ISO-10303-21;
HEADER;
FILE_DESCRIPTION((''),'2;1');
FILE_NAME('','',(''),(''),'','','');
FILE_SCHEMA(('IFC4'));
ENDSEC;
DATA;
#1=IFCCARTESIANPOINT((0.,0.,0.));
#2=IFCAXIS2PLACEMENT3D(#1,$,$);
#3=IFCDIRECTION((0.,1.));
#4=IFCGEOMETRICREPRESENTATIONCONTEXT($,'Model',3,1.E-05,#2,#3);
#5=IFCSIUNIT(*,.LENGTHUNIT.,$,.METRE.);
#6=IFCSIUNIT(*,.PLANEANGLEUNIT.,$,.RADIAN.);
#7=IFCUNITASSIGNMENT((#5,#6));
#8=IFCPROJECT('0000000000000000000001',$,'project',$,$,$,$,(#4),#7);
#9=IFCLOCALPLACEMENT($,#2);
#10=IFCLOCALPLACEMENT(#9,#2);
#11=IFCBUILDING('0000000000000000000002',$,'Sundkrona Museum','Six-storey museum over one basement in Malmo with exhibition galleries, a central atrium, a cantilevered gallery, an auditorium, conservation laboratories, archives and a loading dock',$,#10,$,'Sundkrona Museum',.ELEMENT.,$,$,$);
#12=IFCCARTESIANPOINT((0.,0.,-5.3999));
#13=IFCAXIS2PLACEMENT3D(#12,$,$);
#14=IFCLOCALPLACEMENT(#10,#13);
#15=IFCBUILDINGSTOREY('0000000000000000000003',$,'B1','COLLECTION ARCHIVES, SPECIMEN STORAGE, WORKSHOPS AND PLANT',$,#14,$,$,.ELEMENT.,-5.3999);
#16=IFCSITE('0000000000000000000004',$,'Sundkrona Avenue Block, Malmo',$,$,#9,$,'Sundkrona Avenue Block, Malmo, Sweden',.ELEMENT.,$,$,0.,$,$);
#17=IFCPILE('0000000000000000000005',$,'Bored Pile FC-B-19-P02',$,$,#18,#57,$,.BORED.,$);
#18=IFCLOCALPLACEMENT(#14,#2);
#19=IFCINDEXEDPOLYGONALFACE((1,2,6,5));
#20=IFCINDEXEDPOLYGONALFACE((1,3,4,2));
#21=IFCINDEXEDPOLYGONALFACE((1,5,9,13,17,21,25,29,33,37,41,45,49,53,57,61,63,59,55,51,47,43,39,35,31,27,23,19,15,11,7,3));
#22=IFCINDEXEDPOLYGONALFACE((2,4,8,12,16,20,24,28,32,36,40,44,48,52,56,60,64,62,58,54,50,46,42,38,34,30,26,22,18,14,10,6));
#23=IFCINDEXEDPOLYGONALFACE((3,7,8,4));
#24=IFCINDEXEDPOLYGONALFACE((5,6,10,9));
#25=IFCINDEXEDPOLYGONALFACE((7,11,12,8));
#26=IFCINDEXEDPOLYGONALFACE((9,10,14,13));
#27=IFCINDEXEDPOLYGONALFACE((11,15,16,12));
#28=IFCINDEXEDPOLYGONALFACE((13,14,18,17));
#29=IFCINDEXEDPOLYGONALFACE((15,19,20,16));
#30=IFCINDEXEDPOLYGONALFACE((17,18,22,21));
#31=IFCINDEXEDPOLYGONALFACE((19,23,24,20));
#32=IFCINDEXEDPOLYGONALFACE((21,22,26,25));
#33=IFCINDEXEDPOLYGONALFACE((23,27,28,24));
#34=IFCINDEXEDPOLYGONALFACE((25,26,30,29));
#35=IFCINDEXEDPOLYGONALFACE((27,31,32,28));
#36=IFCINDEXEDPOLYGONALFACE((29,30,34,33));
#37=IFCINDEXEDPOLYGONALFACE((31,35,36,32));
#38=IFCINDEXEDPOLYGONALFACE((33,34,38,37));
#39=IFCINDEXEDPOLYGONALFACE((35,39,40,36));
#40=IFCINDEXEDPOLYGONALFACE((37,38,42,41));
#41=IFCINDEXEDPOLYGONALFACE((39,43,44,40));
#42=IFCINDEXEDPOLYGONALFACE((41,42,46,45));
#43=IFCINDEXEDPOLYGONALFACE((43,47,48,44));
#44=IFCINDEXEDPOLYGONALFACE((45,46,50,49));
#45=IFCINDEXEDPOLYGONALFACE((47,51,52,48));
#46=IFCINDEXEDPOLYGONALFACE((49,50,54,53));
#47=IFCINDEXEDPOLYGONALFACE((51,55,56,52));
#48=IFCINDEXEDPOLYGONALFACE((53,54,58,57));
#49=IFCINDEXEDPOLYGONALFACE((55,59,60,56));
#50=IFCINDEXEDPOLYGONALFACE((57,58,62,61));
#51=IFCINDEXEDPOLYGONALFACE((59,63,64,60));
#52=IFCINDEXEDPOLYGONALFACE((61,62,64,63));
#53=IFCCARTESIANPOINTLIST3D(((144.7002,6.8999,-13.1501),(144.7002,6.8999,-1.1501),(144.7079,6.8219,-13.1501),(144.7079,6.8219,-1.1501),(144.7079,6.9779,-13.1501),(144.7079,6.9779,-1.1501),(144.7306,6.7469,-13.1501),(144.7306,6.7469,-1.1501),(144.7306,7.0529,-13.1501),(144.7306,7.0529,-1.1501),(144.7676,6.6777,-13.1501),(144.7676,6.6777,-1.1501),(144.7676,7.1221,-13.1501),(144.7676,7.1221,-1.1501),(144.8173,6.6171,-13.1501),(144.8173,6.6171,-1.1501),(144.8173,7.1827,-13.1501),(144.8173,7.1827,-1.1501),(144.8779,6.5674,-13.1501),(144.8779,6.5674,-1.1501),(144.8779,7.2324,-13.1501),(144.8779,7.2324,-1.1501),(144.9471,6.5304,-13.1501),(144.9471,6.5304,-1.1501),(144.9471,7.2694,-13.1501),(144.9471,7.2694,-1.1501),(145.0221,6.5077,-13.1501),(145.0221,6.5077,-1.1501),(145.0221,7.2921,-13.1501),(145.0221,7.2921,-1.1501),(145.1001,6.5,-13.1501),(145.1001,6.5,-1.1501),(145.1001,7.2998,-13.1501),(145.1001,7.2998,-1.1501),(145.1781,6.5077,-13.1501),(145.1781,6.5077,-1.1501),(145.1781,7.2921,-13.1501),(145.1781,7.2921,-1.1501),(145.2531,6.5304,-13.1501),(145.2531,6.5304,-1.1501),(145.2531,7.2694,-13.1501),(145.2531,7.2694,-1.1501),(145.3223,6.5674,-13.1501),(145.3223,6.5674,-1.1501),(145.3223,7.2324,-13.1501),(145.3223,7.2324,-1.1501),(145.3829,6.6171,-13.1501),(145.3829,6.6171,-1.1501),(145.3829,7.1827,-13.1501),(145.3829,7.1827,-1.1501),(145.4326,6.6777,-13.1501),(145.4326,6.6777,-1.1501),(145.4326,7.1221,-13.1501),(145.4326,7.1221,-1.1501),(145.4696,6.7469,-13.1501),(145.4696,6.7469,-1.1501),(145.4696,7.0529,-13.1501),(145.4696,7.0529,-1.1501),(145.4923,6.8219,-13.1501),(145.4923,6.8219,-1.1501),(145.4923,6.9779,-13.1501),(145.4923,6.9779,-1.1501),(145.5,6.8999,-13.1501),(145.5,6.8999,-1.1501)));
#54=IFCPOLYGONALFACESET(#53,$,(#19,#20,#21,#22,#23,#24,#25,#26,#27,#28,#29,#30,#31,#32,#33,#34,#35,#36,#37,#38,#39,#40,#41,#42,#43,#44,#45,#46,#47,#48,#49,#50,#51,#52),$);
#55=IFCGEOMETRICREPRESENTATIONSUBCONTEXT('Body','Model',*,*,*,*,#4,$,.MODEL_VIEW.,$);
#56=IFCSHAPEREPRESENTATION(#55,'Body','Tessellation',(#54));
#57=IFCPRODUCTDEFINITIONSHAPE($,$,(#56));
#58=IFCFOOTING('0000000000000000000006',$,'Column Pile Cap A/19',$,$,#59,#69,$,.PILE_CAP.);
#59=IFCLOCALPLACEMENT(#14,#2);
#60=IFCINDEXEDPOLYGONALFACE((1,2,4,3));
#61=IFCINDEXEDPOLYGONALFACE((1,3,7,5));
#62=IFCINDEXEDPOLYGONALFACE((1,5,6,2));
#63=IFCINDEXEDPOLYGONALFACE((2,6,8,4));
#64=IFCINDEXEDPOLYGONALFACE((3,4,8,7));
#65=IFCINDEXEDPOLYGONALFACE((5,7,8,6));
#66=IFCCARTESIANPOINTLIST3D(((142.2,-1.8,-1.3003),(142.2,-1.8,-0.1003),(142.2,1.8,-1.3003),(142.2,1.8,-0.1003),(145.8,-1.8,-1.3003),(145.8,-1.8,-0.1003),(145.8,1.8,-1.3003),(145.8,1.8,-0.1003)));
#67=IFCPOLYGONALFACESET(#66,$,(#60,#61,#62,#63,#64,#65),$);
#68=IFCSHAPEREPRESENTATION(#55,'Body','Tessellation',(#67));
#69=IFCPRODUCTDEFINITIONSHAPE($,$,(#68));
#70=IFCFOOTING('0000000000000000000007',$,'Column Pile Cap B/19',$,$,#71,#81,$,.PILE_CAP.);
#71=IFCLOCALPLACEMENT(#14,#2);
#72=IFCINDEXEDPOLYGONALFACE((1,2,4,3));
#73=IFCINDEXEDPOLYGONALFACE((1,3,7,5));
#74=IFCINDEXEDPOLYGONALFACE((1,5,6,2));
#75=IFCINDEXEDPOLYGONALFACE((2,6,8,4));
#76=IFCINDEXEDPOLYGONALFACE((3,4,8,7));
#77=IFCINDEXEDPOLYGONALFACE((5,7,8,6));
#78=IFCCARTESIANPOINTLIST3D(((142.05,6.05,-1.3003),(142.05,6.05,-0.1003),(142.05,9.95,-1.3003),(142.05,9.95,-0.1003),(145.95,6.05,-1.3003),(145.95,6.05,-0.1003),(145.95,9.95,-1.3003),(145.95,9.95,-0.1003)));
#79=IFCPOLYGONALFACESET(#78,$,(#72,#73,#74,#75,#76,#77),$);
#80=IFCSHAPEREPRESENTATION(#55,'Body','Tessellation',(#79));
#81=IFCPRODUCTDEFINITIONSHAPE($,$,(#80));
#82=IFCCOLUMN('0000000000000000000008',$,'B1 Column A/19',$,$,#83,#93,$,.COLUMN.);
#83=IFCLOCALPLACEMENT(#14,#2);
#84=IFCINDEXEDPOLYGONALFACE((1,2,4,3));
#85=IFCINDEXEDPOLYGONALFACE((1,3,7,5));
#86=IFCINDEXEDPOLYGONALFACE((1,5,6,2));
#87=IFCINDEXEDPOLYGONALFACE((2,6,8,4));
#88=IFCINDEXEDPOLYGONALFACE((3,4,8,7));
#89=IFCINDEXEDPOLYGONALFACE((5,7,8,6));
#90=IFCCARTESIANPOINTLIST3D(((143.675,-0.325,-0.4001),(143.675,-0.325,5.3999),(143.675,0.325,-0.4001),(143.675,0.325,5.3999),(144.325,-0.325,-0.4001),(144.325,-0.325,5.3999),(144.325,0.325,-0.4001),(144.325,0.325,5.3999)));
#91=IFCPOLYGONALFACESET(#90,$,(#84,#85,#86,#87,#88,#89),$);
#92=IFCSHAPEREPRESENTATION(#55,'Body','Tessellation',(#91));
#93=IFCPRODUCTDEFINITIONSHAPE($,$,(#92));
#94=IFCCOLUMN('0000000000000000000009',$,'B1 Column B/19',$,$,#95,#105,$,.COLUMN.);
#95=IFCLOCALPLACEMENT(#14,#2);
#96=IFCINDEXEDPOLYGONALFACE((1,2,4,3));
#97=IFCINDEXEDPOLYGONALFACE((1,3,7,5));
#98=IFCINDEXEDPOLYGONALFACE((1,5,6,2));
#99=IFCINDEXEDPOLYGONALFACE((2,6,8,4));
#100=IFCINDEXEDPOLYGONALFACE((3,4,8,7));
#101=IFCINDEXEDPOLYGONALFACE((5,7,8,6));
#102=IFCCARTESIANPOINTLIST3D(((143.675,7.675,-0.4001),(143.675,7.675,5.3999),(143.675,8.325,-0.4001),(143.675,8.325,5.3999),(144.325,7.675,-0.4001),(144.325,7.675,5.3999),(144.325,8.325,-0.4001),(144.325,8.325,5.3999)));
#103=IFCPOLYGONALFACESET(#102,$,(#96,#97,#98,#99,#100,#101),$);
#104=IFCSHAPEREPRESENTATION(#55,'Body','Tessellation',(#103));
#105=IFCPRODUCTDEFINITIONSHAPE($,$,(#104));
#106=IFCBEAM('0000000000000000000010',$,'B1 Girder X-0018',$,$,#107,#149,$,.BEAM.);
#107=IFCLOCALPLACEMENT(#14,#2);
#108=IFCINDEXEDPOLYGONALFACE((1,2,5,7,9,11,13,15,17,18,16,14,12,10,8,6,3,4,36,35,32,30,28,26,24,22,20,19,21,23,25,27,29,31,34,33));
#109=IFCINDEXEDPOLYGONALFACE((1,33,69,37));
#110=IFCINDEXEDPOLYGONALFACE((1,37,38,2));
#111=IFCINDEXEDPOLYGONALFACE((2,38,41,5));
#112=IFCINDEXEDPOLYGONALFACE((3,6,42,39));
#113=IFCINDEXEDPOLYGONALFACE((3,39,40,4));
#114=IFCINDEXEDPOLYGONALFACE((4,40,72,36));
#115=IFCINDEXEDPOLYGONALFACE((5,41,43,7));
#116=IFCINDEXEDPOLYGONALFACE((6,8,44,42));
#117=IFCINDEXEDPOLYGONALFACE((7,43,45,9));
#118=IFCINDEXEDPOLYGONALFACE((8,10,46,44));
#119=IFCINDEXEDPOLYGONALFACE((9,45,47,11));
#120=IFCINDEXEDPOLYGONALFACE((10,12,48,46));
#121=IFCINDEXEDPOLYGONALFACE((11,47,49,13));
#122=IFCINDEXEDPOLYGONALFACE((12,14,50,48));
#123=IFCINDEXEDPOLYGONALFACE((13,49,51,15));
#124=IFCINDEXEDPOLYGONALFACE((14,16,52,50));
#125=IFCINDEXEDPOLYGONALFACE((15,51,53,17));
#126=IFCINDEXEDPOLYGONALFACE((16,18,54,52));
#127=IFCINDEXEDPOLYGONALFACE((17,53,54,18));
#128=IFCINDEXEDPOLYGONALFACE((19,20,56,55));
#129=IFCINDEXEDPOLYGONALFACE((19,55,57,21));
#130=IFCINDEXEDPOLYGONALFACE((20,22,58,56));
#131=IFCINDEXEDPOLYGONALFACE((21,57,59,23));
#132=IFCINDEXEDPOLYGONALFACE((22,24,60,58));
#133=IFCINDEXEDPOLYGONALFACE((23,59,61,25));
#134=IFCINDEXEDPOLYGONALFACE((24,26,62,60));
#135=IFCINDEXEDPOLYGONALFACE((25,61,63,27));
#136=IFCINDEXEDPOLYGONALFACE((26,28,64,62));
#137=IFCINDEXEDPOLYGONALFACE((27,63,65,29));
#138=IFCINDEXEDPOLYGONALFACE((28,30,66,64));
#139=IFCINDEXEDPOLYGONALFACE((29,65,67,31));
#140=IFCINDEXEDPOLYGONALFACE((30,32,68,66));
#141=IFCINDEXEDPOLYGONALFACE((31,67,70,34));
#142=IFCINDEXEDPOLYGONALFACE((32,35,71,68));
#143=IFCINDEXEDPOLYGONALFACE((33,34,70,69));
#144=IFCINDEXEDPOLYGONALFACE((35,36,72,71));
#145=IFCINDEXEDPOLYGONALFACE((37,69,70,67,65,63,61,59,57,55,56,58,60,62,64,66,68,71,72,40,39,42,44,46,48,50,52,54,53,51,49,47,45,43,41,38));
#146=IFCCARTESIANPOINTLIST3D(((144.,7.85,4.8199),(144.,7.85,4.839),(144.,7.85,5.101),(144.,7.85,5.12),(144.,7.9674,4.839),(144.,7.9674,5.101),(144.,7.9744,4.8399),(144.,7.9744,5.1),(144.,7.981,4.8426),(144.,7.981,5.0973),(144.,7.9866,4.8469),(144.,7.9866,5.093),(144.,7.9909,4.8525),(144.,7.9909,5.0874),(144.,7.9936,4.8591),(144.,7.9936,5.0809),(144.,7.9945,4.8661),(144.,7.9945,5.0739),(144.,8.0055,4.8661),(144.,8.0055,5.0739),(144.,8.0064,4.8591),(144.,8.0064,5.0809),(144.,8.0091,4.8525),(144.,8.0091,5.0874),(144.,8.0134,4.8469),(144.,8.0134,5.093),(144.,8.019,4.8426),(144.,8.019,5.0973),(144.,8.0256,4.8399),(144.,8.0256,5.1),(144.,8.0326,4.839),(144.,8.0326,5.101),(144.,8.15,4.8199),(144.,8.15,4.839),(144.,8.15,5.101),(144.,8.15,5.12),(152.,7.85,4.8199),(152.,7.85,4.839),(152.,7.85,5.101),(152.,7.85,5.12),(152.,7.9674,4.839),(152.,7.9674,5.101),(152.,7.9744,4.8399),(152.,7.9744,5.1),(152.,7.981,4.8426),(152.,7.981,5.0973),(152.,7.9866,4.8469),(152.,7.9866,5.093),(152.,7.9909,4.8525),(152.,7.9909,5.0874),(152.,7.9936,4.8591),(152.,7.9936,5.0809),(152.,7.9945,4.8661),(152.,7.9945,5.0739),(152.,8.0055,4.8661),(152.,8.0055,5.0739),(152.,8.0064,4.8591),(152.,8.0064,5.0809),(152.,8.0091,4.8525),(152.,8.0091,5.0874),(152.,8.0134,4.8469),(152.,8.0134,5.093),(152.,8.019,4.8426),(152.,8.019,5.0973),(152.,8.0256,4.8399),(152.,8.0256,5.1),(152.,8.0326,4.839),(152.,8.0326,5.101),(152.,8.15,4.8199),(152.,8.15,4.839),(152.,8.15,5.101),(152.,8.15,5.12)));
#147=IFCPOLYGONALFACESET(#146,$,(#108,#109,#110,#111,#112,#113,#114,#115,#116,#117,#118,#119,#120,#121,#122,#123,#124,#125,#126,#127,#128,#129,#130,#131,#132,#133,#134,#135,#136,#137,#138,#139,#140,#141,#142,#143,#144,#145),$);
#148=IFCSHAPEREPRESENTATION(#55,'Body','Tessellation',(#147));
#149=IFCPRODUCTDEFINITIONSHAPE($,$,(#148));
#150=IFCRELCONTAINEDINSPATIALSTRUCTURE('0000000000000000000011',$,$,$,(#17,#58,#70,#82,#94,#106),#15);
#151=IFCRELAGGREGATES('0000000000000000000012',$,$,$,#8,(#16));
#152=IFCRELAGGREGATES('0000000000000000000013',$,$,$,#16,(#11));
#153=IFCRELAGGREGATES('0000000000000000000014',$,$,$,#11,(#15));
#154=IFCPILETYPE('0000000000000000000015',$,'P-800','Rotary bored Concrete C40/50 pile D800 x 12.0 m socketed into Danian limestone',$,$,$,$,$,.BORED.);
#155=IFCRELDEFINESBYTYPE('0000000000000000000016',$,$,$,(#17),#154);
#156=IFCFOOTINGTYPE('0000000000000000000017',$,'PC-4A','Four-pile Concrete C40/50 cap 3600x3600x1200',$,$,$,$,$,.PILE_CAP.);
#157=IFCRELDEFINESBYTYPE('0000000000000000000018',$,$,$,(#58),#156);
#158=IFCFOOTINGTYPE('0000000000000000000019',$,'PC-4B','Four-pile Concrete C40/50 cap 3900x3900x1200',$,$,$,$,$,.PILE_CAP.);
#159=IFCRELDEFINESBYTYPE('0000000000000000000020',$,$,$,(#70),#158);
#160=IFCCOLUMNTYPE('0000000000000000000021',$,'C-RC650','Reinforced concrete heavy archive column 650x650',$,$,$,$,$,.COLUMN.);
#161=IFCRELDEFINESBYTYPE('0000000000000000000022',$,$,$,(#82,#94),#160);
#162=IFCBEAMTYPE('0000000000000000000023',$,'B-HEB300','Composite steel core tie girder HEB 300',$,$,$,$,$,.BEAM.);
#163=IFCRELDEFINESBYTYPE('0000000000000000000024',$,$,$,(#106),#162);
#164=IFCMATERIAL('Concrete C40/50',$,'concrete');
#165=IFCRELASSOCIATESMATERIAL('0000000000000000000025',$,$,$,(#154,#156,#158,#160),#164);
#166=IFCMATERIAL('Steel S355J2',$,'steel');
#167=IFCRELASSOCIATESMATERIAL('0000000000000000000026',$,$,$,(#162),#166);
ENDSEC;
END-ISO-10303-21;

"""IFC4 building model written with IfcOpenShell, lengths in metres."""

from ifc_helpers import new_model, si_unit, direction, frame, origin, origin_2d, place, context, subcontext, project, spatial, rectangle, circle, i_section, extrude, material, material_profile, profile_set, type_object, element, save


model = new_model("IFC4")

# Units and contexts
model_context = context("Model", 3, precision=1e-05, world=origin(), true_north=direction((0.0, 1.0)))
body_context = subcontext(model_context, "Body", "Model", "MODEL_VIEW")
ifc_project = project(units=[si_unit("LENGTHUNIT", "METRE"), si_unit("PLANEANGLEUNIT", "RADIAN")], contexts=[model_context])

# Site, building, storey
site_placement = place(None, origin())
site = spatial("IfcSite", under=ifc_project, at=site_placement, Name="Sundkrona Avenue Block, Malmo", LongName="Sundkrona Avenue Block, Malmo, Sweden", CompositionType="ELEMENT", RefElevation=0.0)
building_placement = place(site_placement, origin())
building = spatial("IfcBuilding", under=site, at=building_placement, Name="Sundkrona Museum", Description="Six-storey museum over one basement in Malmo with exhibition galleries, a central atrium, a cantilevered gallery, an auditorium, conservation laboratories, archives and a loading dock", LongName="Sundkrona Museum", CompositionType="ELEMENT")
storey_placement = place(building_placement, frame((0.0, 0.0, -5.3999)))
storey = spatial("IfcBuildingStorey", under=building, at=storey_placement, Name="B1", Description="COLLECTION ARCHIVES, SPECIMEN STORAGE, WORKSHOPS AND PLANT", CompositionType="ELEMENT", Elevation=-5.3999)

# Shared definitions
ifc_material_1 = material(Name="Concrete C40/50", Category="concrete")

# Pile
ifc_material_profile_1 = material_profile(ifc_material_1, circle(Radius=0.3999, at=origin_2d()), Name="PILE D800")
ifc_profile_set_1 = profile_set([ifc_material_profile_1], Name="Concrete C40/50")
pile_type = type_object("IfcPileType", Name="P-800", Description="Rotary bored Concrete C40/50 pile D800 x 12.0 m socketed into Danian limestone", PredefinedType="BORED", material=ifc_profile_set_1)
for number, where, z_axis, x_axis, name in (
    (1, (145.1001, 6.8999, -1.1501), (0.0, 0.0, -1.0), (1.0, 0.0, 0.0), "Bored Pile FC-B-19-P02"),
):
    element("IfcPile", number, at=place(storey_placement, frame(where, z_axis=z_axis, x_axis=x_axis)), inside=storey, type_object=pile_type, Name=name, PredefinedType="BORED", context=body_context, shape_type="SweptSolid", body=[
        extrude(circle(Radius=0.3999, at=origin_2d()), origin(), (0.0, 0.0, 1.0), 12.0),
    ])

# Footings
footing_type_1 = type_object("IfcFootingType", Name="PC-4A", Description="Four-pile Concrete C40/50 cap 3600x3600x1200", PredefinedType="PILE_CAP", material=ifc_material_1)
footing_1_placement = place(storey_placement, frame((144.0, 0.0, -1.3003), z_axis=(0.0, 0.0, 1.0), x_axis=(1.0, 0.0, 0.0)))
element("IfcFooting", 2, at=footing_1_placement, inside=storey, type_object=footing_type_1, Name="Column Pile Cap A/19", PredefinedType="PILE_CAP", context=body_context, shape_type="SweptSolid", body=[
    extrude(rectangle(XDim=3.6001, YDim=3.6001, at=origin_2d()), origin(), (0.0, 0.0, 1.0), 1.2),
])
footing_type_2 = type_object("IfcFootingType", Name="PC-4B", Description="Four-pile Concrete C40/50 cap 3900x3900x1200", PredefinedType="PILE_CAP", material=ifc_material_1)
footing_2_placement = place(storey_placement, frame((144.0, 8.0, -1.3003), z_axis=(0.0, 0.0, 1.0), x_axis=(1.0, 0.0, 0.0)))
element("IfcFooting", 3, at=footing_2_placement, inside=storey, type_object=footing_type_2, Name="Column Pile Cap B/19", PredefinedType="PILE_CAP", context=body_context, shape_type="SweptSolid", body=[
    extrude(rectangle(XDim=3.8999, YDim=3.8999, at=origin_2d()), origin(), (0.0, 0.0, 1.0), 1.2),
])

# Columns
ifc_material_profile_2 = material_profile(ifc_material_1, rectangle(XDim=0.6499, YDim=0.6499, at=origin_2d()), Name="RC 650x650")
ifc_profile_set_2 = profile_set([ifc_material_profile_2], Name="Concrete C40/50")
column_type = type_object("IfcColumnType", Name="C-RC650", Description="Reinforced concrete heavy archive column 650x650", PredefinedType="COLUMN", material=ifc_profile_set_2)
for number, where, z_axis, x_axis, name in (
    (4, (144.0, 0.0, -0.4001), (0.0, 0.0, 1.0), (1.0, 0.0, 0.0), "B1 Column A/19"),
    (5, (144.0, 8.0, -0.4001), (0.0, 0.0, 1.0), (1.0, 0.0, 0.0), "B1 Column B/19"),
):
    element("IfcColumn", number, at=place(storey_placement, frame(where, z_axis=z_axis, x_axis=x_axis)), inside=storey, type_object=column_type, Name=name, PredefinedType="COLUMN", context=body_context, shape_type="SweptSolid", body=[
        extrude(rectangle(XDim=0.6499, YDim=0.6499, at=origin_2d()), origin(), (0.0, 0.0, 1.0), 5.8),
    ])

# Beam
ifc_material_2 = material(Name="Steel S355J2", Category="steel")
ifc_material_profile_3 = material_profile(ifc_material_2, i_section(OverallWidth=0.3, OverallDepth=0.3, WebThickness=0.011, FlangeThickness=0.019, FilletRadius=0.0271, at=origin_2d()), Name="HEB 300")
ifc_profile_set_3 = profile_set([ifc_material_profile_3], Name="Steel S355J2")
beam_type_1 = type_object("IfcBeamType", Name="B-HEB300", Description="Composite steel core tie girder HEB 300", PredefinedType="BEAM", material=ifc_profile_set_3)
beam_1_placement = place(storey_placement, frame((144.0, 8.0, 4.97), z_axis=(1.0, 0.0, 0.0), x_axis=(0.0, 1.0, 0.0)))
element("IfcBeam", 6, at=beam_1_placement, inside=storey, type_object=beam_type_1, Name="B1 Girder X-0018", PredefinedType="BEAM", context=body_context, shape_type="SweptSolid", body=[
    extrude(i_section(OverallWidth=0.3, OverallDepth=0.3, WebThickness=0.011, FlangeThickness=0.019, FilletRadius=0.0271, at=origin_2d()), origin(), (0.0, 0.0, 1.0), 8.0),
])

save(model, "model.ifc")
